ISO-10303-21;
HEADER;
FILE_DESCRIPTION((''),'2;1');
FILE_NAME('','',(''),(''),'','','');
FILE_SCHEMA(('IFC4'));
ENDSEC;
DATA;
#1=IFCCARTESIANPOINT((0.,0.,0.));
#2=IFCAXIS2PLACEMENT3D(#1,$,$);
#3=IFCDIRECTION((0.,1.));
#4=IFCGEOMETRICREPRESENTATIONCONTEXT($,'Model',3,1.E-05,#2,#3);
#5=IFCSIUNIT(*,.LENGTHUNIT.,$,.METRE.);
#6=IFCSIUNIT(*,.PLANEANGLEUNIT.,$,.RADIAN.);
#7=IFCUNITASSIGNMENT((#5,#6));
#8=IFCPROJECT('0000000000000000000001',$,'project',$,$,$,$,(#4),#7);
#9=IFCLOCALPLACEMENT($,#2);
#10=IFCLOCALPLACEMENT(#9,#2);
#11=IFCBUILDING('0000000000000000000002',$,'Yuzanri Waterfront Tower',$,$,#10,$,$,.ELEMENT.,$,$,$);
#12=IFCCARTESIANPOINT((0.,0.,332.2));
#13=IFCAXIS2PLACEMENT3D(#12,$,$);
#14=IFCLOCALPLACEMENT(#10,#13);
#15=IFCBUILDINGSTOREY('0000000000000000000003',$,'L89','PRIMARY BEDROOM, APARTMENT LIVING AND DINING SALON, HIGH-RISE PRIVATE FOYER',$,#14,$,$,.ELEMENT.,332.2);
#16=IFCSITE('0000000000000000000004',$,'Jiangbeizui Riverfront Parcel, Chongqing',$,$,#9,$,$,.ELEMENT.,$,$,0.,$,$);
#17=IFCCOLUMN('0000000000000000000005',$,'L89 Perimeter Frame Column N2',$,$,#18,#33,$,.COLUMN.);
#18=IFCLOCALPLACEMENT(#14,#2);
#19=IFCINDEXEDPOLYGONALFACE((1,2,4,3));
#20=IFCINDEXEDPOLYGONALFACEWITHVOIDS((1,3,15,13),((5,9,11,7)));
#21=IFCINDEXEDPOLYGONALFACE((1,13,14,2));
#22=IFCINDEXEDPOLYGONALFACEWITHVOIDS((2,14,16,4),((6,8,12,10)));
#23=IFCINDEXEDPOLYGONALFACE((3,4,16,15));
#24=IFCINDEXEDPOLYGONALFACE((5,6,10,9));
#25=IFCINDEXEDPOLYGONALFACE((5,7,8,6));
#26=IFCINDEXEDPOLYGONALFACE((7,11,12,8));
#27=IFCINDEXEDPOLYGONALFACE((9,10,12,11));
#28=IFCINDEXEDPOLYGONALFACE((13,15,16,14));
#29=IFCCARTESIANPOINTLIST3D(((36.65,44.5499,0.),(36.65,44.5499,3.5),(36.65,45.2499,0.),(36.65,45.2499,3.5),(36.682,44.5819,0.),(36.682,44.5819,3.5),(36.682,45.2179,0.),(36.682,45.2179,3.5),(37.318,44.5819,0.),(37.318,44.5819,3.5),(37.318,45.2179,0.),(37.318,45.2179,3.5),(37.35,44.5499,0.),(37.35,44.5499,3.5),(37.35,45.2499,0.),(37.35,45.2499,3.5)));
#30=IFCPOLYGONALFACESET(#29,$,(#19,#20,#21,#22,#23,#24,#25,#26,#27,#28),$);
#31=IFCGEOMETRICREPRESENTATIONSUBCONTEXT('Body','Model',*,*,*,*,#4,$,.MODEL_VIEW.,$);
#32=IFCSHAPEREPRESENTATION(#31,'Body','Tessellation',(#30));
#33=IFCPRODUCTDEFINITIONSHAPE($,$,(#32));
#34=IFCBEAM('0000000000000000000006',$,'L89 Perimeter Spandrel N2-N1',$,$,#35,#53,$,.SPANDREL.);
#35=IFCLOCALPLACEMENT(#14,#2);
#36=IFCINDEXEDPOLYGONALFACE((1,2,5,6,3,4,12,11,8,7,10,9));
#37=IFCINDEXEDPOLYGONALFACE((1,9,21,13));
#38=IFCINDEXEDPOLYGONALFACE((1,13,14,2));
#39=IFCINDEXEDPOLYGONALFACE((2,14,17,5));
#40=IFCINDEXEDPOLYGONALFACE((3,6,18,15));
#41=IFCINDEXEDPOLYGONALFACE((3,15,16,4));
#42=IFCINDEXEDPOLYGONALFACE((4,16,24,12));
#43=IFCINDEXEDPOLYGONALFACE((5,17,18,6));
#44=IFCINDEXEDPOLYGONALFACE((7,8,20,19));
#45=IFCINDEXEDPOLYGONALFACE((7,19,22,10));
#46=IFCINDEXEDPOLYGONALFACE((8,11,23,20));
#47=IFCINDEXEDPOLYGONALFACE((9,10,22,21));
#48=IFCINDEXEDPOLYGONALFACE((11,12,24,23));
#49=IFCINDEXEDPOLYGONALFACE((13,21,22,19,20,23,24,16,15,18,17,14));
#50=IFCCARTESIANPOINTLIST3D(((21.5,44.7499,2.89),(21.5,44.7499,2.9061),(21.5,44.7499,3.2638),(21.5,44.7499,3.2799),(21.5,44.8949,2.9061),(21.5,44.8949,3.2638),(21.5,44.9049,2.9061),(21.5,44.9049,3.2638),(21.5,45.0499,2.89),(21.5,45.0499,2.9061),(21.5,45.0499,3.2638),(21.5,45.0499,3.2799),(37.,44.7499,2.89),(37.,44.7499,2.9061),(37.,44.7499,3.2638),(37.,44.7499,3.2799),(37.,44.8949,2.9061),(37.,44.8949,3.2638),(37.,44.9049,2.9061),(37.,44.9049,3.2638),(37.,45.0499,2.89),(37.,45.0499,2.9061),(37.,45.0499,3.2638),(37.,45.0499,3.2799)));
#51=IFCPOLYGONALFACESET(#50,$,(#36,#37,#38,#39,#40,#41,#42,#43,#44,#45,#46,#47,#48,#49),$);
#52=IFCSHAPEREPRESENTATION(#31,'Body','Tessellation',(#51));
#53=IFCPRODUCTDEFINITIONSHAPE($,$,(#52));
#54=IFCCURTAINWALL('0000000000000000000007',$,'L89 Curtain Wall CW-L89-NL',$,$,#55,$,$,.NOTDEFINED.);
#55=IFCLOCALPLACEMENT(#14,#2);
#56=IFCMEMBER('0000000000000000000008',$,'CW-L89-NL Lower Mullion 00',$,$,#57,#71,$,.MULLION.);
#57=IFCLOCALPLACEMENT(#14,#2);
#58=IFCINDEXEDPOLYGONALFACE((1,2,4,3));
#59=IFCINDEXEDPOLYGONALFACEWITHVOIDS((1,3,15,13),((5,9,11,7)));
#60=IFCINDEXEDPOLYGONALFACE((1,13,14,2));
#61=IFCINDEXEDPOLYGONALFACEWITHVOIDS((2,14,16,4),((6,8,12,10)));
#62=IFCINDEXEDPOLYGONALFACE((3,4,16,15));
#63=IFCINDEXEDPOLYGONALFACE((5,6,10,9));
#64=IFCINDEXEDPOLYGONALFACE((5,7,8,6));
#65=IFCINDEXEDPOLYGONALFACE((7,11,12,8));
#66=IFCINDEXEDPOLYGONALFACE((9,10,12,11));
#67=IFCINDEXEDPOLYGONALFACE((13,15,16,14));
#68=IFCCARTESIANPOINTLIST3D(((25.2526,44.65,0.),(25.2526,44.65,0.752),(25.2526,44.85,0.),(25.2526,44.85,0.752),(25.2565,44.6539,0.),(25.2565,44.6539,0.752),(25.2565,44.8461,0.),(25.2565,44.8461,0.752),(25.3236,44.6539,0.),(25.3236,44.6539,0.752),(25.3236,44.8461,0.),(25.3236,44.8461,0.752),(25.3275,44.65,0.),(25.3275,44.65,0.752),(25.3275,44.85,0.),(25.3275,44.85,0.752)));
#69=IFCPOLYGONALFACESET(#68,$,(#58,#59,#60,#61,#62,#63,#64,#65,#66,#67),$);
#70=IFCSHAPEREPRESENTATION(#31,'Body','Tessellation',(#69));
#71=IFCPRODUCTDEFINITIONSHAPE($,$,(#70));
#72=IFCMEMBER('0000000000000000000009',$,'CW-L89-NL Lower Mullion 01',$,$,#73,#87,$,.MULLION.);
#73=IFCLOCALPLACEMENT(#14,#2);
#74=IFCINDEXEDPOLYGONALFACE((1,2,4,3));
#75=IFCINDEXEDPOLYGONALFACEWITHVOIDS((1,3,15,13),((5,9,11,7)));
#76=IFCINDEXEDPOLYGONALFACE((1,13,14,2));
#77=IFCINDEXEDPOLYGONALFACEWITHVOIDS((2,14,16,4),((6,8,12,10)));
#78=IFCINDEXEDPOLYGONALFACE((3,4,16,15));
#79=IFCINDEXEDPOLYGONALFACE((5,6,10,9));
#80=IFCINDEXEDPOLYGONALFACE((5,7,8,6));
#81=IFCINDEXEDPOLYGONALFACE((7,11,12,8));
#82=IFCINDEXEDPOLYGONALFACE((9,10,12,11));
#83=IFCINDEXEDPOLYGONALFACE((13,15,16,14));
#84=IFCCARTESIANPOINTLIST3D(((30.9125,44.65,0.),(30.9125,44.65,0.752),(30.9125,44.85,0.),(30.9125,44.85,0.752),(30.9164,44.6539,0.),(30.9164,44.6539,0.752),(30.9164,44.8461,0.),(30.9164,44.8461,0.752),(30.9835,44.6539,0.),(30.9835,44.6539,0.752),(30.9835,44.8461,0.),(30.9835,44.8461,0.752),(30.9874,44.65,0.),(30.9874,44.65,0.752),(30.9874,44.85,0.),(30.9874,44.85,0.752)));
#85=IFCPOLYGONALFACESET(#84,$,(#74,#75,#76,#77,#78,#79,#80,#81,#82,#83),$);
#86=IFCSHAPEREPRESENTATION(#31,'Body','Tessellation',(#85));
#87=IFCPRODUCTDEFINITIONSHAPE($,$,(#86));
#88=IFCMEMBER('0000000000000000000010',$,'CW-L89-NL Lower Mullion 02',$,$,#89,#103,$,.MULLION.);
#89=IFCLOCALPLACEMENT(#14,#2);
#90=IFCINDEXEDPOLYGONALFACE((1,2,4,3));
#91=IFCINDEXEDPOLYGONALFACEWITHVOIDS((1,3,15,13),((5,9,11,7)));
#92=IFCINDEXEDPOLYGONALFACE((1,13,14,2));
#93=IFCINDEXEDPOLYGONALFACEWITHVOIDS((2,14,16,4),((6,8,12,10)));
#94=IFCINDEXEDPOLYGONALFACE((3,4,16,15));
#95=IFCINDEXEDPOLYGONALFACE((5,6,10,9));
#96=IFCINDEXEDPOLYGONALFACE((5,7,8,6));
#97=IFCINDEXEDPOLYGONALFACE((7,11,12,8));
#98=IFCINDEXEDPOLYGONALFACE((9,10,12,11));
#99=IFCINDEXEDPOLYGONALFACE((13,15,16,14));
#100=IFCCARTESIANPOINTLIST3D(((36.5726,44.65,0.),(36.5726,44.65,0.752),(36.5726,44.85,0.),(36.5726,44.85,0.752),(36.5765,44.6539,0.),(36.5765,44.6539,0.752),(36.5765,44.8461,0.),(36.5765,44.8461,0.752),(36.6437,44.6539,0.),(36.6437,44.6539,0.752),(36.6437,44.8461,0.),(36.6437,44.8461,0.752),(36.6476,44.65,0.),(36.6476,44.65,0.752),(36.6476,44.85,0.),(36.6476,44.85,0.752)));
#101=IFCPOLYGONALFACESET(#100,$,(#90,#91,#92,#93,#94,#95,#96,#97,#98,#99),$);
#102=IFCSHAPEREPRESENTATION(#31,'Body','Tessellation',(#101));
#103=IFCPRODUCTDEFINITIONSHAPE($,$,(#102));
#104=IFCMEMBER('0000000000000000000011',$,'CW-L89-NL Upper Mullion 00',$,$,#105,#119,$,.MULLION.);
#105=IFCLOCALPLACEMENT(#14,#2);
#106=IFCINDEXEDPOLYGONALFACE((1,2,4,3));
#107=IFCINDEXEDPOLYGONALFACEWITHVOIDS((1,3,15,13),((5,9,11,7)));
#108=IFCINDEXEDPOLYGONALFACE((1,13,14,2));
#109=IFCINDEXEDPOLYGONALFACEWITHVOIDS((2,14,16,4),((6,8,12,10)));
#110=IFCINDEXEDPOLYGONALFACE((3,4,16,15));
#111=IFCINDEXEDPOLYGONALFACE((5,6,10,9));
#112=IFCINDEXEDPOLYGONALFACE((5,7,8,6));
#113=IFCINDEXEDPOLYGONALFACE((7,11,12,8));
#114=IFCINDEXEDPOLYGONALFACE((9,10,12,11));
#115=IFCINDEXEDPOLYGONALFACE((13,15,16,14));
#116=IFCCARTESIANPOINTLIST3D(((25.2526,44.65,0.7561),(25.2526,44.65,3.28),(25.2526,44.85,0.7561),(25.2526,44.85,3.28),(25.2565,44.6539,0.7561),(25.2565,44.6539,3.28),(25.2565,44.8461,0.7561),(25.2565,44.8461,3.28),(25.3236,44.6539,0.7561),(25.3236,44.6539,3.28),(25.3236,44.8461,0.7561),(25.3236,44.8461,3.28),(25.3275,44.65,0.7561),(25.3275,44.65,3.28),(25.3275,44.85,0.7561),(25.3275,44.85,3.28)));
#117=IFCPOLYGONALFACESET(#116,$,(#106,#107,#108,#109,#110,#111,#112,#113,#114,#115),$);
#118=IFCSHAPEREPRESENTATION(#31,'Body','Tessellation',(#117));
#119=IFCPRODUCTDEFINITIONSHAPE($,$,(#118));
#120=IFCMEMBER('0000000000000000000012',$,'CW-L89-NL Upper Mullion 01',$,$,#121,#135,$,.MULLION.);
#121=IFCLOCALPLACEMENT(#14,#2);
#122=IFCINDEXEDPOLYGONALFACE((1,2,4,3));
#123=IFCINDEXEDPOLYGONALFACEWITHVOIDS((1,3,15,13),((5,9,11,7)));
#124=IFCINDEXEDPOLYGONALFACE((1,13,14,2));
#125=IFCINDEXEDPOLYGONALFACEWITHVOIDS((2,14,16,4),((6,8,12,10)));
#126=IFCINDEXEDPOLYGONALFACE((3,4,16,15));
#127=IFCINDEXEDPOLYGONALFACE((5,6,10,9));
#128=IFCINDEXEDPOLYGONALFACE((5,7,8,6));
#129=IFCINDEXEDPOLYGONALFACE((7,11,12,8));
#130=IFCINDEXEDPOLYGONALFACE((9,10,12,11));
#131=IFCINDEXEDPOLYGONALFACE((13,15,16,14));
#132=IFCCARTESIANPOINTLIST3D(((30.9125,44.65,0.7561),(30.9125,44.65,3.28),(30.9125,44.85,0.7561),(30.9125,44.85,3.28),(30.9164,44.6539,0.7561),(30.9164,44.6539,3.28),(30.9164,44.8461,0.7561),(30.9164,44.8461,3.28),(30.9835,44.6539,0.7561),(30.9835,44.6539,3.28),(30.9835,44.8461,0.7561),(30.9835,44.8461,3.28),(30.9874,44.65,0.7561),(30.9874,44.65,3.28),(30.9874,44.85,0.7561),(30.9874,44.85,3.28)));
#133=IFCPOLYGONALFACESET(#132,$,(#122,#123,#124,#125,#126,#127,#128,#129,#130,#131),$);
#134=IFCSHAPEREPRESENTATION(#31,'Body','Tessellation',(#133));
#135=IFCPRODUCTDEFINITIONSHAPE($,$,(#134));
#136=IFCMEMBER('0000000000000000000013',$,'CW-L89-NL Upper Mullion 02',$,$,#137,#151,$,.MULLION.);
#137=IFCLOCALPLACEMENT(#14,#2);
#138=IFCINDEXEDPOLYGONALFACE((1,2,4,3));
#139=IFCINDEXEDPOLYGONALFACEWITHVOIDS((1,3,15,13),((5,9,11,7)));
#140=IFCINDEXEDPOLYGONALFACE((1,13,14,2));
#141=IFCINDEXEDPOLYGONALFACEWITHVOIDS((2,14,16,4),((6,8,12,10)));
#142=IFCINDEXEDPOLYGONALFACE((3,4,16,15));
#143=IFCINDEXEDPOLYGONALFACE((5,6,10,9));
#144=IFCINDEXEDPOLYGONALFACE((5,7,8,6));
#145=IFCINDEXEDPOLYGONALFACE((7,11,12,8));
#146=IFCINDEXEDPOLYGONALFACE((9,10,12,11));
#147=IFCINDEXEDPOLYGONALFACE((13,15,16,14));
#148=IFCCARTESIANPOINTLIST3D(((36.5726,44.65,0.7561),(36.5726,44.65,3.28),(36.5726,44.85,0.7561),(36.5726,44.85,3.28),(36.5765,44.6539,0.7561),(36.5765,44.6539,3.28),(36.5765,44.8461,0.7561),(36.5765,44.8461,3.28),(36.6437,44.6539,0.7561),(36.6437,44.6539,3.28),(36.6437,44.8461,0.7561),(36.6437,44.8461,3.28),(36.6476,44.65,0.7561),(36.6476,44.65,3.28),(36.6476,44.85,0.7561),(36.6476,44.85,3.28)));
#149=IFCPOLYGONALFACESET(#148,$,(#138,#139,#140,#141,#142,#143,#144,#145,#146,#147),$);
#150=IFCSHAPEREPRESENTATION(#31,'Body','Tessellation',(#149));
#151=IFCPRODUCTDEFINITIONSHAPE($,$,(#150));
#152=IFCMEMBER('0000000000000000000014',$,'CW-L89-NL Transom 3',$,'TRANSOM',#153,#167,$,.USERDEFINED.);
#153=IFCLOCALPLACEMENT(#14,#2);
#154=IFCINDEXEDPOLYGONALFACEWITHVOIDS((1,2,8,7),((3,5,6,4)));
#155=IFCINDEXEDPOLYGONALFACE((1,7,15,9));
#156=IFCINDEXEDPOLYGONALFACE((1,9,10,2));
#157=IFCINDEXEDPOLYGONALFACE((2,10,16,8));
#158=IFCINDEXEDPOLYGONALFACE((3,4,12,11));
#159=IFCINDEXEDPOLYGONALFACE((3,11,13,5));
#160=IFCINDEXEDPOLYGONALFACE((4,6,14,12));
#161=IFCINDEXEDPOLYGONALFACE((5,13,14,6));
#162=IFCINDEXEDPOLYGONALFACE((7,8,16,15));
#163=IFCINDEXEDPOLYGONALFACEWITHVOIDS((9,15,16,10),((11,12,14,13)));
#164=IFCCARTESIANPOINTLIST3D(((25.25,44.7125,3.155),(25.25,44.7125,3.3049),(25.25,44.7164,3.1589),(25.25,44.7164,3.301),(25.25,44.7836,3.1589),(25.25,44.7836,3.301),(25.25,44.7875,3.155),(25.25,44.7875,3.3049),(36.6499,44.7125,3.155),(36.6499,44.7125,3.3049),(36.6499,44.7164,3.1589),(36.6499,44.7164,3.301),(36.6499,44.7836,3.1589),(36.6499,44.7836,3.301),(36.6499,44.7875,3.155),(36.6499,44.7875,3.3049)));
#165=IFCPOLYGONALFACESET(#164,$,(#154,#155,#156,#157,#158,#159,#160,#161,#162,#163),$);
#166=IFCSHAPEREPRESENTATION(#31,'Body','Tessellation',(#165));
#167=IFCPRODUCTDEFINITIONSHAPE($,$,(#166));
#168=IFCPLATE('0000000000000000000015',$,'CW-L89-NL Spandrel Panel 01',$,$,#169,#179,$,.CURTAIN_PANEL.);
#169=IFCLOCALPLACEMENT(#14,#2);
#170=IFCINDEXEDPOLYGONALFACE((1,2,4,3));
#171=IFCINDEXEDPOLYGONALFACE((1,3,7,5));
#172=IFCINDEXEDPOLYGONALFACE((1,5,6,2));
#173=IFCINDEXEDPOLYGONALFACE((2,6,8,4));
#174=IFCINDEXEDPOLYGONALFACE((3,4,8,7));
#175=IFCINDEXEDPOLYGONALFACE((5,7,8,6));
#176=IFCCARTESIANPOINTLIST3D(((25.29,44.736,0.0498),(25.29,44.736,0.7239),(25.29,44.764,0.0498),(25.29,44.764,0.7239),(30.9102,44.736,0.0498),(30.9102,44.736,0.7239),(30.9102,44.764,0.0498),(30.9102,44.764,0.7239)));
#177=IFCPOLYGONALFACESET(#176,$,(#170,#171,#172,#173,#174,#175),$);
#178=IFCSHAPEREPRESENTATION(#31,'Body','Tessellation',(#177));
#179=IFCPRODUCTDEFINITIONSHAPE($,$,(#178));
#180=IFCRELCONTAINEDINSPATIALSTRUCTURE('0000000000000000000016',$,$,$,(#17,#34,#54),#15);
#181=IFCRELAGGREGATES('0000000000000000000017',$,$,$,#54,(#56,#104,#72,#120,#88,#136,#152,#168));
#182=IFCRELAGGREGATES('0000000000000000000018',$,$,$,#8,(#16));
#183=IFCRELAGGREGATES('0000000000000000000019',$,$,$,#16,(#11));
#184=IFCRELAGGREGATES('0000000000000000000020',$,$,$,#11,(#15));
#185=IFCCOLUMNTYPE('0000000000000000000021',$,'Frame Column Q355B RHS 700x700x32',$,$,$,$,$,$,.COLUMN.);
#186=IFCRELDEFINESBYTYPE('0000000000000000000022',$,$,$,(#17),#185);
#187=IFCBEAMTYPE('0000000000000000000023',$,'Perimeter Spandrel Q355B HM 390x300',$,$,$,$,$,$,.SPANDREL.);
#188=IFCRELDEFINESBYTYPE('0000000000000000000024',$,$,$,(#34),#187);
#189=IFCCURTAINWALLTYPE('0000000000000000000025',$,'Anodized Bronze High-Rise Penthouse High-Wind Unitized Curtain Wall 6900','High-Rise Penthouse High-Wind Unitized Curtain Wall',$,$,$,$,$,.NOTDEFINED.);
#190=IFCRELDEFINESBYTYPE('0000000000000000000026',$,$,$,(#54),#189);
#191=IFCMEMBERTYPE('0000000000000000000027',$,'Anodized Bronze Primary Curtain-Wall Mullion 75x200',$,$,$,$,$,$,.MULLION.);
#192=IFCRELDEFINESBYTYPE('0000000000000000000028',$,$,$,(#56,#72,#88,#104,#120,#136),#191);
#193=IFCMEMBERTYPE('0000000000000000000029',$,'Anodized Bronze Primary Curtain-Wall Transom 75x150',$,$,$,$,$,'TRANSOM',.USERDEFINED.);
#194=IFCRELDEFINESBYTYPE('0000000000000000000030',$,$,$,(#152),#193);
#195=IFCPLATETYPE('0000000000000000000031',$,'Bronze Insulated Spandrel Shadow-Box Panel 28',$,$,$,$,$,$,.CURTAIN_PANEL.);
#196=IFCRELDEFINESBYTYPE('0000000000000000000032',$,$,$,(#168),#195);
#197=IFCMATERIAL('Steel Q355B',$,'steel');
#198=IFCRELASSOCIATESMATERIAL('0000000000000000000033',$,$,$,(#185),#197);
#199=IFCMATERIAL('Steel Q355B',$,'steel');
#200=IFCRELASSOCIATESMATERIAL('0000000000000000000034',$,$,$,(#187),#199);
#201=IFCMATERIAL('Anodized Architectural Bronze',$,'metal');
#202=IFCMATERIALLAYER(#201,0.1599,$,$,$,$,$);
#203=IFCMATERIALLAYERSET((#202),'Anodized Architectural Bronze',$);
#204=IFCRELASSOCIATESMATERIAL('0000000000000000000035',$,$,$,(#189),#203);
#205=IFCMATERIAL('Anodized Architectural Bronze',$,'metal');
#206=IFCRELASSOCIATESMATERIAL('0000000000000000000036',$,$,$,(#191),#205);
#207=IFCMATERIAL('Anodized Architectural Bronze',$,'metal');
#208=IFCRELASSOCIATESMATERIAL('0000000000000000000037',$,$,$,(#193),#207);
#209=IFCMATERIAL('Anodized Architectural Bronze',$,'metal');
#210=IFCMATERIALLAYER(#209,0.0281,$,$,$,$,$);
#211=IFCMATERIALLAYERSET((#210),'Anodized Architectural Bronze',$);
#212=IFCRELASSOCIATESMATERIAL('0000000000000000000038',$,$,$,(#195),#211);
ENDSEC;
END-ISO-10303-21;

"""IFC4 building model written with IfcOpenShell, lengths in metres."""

from ifc_helpers import new_model, si_unit, direction, frame, origin, origin_2d, place, context, subcontext, project, spatial, rectangle, hollow_rectangle, i_section, extrude, source, transform, mapped, material, layer, layer_set, material_profile, profile_set, type_object, element, aggregate, save


model = new_model("IFC4")

# Units and contexts
model_context = context("Model", 3, precision=1e-05, world=origin(), true_north=direction((0.0, 1.0)))
body_context = subcontext(model_context, "Body", "Model", "MODEL_VIEW")
ifc_project = project(units=[si_unit("LENGTHUNIT", "METRE"), si_unit("PLANEANGLEUNIT", "RADIAN")], contexts=[model_context])

# Site, building, storey
site_placement = place(None, origin())
site = spatial("IfcSite", under=ifc_project, at=site_placement, Name="Jiangbeizui Riverfront Parcel, Chongqing", CompositionType="ELEMENT", RefElevation=0.0)
building_placement = place(site_placement, origin())
building = spatial("IfcBuilding", under=site, at=building_placement, Name="Yuzanri Waterfront Tower", CompositionType="ELEMENT")
storey_placement = place(building_placement, frame((0.0, 0.0, 332.2)))
storey = spatial("IfcBuildingStorey", under=building, at=storey_placement, Name="L89", Description="PRIMARY BEDROOM, APARTMENT LIVING AND DINING SALON, HIGH-RISE PRIVATE FOYER", CompositionType="ELEMENT", Elevation=332.2)

# Column
ifc_material_1 = material(Name="Steel Q355B", Category="steel")
ifc_material_profile_1 = material_profile(ifc_material_1, hollow_rectangle(XDim=0.7, YDim=0.7, WallThickness=0.032, at=origin_2d()), Name="RHS 700x700x32")
ifc_profile_set_1 = profile_set([ifc_material_profile_1], Name="Steel Q355B")
column_type = type_object("IfcColumnType", Name="Frame Column Q355B RHS 700x700x32", PredefinedType="COLUMN", material=ifc_profile_set_1)
shared_shape_1 = source(origin(), body_context, "Body", "SweptSolid", [
    extrude(hollow_rectangle(XDim=0.7, YDim=0.7, WallThickness=0.032, at=origin_2d()), origin(), (0.0, 0.0, 1.0), 3.5),
])
column_placement = place(storey_placement, frame((37.0, 44.8999, 0.0), z_axis=(0.0, 0.0, 1.0), x_axis=(1.0, 0.0, 0.0)))
element("IfcColumn", 1, at=column_placement, inside=storey, type_object=column_type, Name="L89 Perimeter Frame Column N2", PredefinedType="COLUMN", context=body_context, shape_type="MappedRepresentation", body=[
    mapped(shared_shape_1, transform((0.0, 0.0, 0.0), scale=1.0)),
])

# Beam
ifc_material_2 = material(Name="Steel Q355B", Category="steel")
ifc_material_profile_2 = material_profile(ifc_material_2, i_section(OverallWidth=0.3, OverallDepth=0.3899, WebThickness=0.01, FlangeThickness=0.0161, at=origin_2d()), Name="HM 390x300x10x16")
ifc_profile_set_2 = profile_set([ifc_material_profile_2], Name="Steel Q355B")
beam_type = type_object("IfcBeamType", Name="Perimeter Spandrel Q355B HM 390x300", PredefinedType="SPANDREL", material=ifc_profile_set_2)
shared_shape_2 = source(origin(), body_context, "Body", "SweptSolid", [
    extrude(i_section(OverallWidth=0.3, OverallDepth=0.3899, WebThickness=0.01, FlangeThickness=0.0161, at=origin_2d()), origin(), (0.0, 0.0, 1.0), 15.5),
])
beam_placement = place(storey_placement, frame((37.0, 44.8999, 3.085), z_axis=(-1.0, 0.0, 0.0), x_axis=(0.0, -1.0, 0.0)))
element("IfcBeam", 2, at=beam_placement, inside=storey, type_object=beam_type, Name="L89 Perimeter Spandrel N2-N1", PredefinedType="SPANDREL", context=body_context, shape_type="MappedRepresentation", body=[
    mapped(shared_shape_2, transform((0.0, 0.0, 0.0), scale=1.0)),
])

# Curtain wall, members, plate
ifc_material_3 = material(Name="Anodized Architectural Bronze", Category="metal")
ifc_layer_1 = layer(ifc_material_3, 0.1599)
ifc_layer_set_1 = layer_set([ifc_layer_1], Name="Anodized Architectural Bronze")
curtain_wall_type = type_object("IfcCurtainWallType", Name="Anodized Bronze High-Rise Penthouse High-Wind Unitized Curtain Wall 6900", Description="High-Rise Penthouse High-Wind Unitized Curtain Wall", PredefinedType="NOTDEFINED", material=ifc_layer_set_1)
curtain_wall_placement = place(storey_placement, origin())
curtain_wall = element("IfcCurtainWall", 3, at=curtain_wall_placement, inside=storey, type_object=curtain_wall_type, Name="L89 Curtain Wall CW-L89-NL", PredefinedType="NOTDEFINED")
ifc_material_4 = material(Name="Anodized Architectural Bronze", Category="metal")
ifc_material_profile_3 = material_profile(ifc_material_4, hollow_rectangle(XDim=0.075, YDim=0.2, WallThickness=0.0039, at=origin_2d()), Name="CWM 75x200")
ifc_profile_set_3 = profile_set([ifc_material_profile_3], Name="Anodized Architectural Bronze")
member_type_1 = type_object("IfcMemberType", Name="Anodized Bronze Primary Curtain-Wall Mullion 75x200", PredefinedType="MULLION", material=ifc_profile_set_3)
shared_shape_3 = source(origin(), body_context, "Body", "SweptSolid", [
    extrude(hollow_rectangle(XDim=0.075, YDim=0.2, WallThickness=0.0039, at=origin_2d()), origin(), (0.0, 0.0, 1.0), 0.752),
])
member_1_placement = place(storey_placement, frame((25.29, 44.75, 0.0), z_axis=(0.0, 0.0, 1.0), x_axis=(1.0, 0.0, 0.0)))
member_1 = element("IfcMember", 4, at=member_1_placement, type_object=member_type_1, Name="CW-L89-NL Lower Mullion 00", PredefinedType="MULLION", context=body_context, shape_type="MappedRepresentation", body=[
    mapped(shared_shape_3, transform((0.0, 0.0, 0.0), scale=1.0)),
])
member_2_placement = place(storey_placement, frame((30.95, 44.75, 0.0), z_axis=(0.0, 0.0, 1.0), x_axis=(1.0, 0.0, 0.0)))
member_2 = element("IfcMember", 5, at=member_2_placement, type_object=member_type_1, Name="CW-L89-NL Lower Mullion 01", PredefinedType="MULLION", context=body_context, shape_type="MappedRepresentation", body=[
    mapped(shared_shape_3, transform((0.0, 0.0, 0.0), scale=1.0)),
])
member_3_placement = place(storey_placement, frame((36.6101, 44.75, 0.0), z_axis=(0.0, 0.0, 1.0), x_axis=(1.0, 0.0, 0.0)))
member_3 = element("IfcMember", 6, at=member_3_placement, type_object=member_type_1, Name="CW-L89-NL Lower Mullion 02", PredefinedType="MULLION", context=body_context, shape_type="MappedRepresentation", body=[
    mapped(shared_shape_3, transform((0.0, 0.0, 0.0), scale=1.0)),
])
shared_shape_4 = source(origin(), body_context, "Body", "SweptSolid", [
    extrude(hollow_rectangle(XDim=0.075, YDim=0.2, WallThickness=0.0039, at=origin_2d()), origin(), (0.0, 0.0, 1.0), 2.5239),
])
member_4_placement = place(storey_placement, frame((25.29, 44.75, 0.7561), z_axis=(0.0, 0.0, 1.0), x_axis=(1.0, 0.0, 0.0)))
member_4 = element("IfcMember", 7, at=member_4_placement, type_object=member_type_1, Name="CW-L89-NL Upper Mullion 00", PredefinedType="MULLION", context=body_context, shape_type="MappedRepresentation", body=[
    mapped(shared_shape_4, transform((0.0, 0.0, 0.0), scale=1.0)),
])
member_5_placement = place(storey_placement, frame((30.95, 44.75, 0.7561), z_axis=(0.0, 0.0, 1.0), x_axis=(1.0, 0.0, 0.0)))
member_5 = element("IfcMember", 8, at=member_5_placement, type_object=member_type_1, Name="CW-L89-NL Upper Mullion 01", PredefinedType="MULLION", context=body_context, shape_type="MappedRepresentation", body=[
    mapped(shared_shape_4, transform((0.0, 0.0, 0.0), scale=1.0)),
])
member_6_placement = place(storey_placement, frame((36.6101, 44.75, 0.7561), z_axis=(0.0, 0.0, 1.0), x_axis=(1.0, 0.0, 0.0)))
member_6 = element("IfcMember", 9, at=member_6_placement, type_object=member_type_1, Name="CW-L89-NL Upper Mullion 02", PredefinedType="MULLION", context=body_context, shape_type="MappedRepresentation", body=[
    mapped(shared_shape_4, transform((0.0, 0.0, 0.0), scale=1.0)),
])
ifc_material_5 = material(Name="Anodized Architectural Bronze", Category="metal")
ifc_material_profile_4 = material_profile(ifc_material_5, hollow_rectangle(XDim=0.075, YDim=0.1499, WallThickness=0.0039, at=origin_2d()), Name="CWT 75x150")
ifc_profile_set_4 = profile_set([ifc_material_profile_4], Name="Anodized Architectural Bronze")
member_type_2 = type_object("IfcMemberType", Name="Anodized Bronze Primary Curtain-Wall Transom 75x150", ElementType="TRANSOM", PredefinedType="USERDEFINED", material=ifc_profile_set_4)
shared_shape_5 = source(origin(), body_context, "Body", "SweptSolid", [
    extrude(hollow_rectangle(XDim=0.075, YDim=0.1499, WallThickness=0.0039, at=origin_2d()), origin(), (0.0, 0.0, 1.0), 11.3999),
])
member_7_placement = place(storey_placement, frame((25.25, 44.75, 3.23), z_axis=(1.0, 0.0, 0.0), x_axis=(0.0, 1.0, 0.0)))
member_7 = element("IfcMember", 10, at=member_7_placement, type_object=member_type_2, Name="CW-L89-NL Transom 3", ObjectType="TRANSOM", PredefinedType="USERDEFINED", context=body_context, shape_type="MappedRepresentation", body=[
    mapped(shared_shape_5, transform((0.0, 0.0, 0.0), scale=1.0)),
])
ifc_material_6 = material(Name="Anodized Architectural Bronze", Category="metal")
ifc_layer_2 = layer(ifc_material_6, 0.0281)
ifc_layer_set_2 = layer_set([ifc_layer_2], Name="Anodized Architectural Bronze")
plate_type_1 = type_object("IfcPlateType", Name="Bronze Insulated Spandrel Shadow-Box Panel 28", PredefinedType="CURTAIN_PANEL", material=ifc_layer_set_2)
shared_shape_6 = source(origin(), body_context, "Body", "SweptSolid", [
    extrude(rectangle(XDim=5.6201, YDim=0.0281, at=origin_2d()), origin(), (0.0, 0.0, 1.0), 0.6741),
])
plate_1_placement = place(storey_placement, frame((28.1001, 44.75, 0.0498), z_axis=(0.0, 0.0, 1.0), x_axis=(1.0, 0.0, 0.0)))
plate_1 = element("IfcPlate", 11, at=plate_1_placement, type_object=plate_type_1, Name="CW-L89-NL Spandrel Panel 01", PredefinedType="CURTAIN_PANEL", context=body_context, shape_type="MappedRepresentation", body=[
    mapped(shared_shape_6, transform((0.0, 0.0, 0.0), scale=1.0)),
])
aggregate(curtain_wall, [member_1, member_4, member_2, member_5, member_3, member_6, member_7, plate_1])

save(model, "model.ifc")
